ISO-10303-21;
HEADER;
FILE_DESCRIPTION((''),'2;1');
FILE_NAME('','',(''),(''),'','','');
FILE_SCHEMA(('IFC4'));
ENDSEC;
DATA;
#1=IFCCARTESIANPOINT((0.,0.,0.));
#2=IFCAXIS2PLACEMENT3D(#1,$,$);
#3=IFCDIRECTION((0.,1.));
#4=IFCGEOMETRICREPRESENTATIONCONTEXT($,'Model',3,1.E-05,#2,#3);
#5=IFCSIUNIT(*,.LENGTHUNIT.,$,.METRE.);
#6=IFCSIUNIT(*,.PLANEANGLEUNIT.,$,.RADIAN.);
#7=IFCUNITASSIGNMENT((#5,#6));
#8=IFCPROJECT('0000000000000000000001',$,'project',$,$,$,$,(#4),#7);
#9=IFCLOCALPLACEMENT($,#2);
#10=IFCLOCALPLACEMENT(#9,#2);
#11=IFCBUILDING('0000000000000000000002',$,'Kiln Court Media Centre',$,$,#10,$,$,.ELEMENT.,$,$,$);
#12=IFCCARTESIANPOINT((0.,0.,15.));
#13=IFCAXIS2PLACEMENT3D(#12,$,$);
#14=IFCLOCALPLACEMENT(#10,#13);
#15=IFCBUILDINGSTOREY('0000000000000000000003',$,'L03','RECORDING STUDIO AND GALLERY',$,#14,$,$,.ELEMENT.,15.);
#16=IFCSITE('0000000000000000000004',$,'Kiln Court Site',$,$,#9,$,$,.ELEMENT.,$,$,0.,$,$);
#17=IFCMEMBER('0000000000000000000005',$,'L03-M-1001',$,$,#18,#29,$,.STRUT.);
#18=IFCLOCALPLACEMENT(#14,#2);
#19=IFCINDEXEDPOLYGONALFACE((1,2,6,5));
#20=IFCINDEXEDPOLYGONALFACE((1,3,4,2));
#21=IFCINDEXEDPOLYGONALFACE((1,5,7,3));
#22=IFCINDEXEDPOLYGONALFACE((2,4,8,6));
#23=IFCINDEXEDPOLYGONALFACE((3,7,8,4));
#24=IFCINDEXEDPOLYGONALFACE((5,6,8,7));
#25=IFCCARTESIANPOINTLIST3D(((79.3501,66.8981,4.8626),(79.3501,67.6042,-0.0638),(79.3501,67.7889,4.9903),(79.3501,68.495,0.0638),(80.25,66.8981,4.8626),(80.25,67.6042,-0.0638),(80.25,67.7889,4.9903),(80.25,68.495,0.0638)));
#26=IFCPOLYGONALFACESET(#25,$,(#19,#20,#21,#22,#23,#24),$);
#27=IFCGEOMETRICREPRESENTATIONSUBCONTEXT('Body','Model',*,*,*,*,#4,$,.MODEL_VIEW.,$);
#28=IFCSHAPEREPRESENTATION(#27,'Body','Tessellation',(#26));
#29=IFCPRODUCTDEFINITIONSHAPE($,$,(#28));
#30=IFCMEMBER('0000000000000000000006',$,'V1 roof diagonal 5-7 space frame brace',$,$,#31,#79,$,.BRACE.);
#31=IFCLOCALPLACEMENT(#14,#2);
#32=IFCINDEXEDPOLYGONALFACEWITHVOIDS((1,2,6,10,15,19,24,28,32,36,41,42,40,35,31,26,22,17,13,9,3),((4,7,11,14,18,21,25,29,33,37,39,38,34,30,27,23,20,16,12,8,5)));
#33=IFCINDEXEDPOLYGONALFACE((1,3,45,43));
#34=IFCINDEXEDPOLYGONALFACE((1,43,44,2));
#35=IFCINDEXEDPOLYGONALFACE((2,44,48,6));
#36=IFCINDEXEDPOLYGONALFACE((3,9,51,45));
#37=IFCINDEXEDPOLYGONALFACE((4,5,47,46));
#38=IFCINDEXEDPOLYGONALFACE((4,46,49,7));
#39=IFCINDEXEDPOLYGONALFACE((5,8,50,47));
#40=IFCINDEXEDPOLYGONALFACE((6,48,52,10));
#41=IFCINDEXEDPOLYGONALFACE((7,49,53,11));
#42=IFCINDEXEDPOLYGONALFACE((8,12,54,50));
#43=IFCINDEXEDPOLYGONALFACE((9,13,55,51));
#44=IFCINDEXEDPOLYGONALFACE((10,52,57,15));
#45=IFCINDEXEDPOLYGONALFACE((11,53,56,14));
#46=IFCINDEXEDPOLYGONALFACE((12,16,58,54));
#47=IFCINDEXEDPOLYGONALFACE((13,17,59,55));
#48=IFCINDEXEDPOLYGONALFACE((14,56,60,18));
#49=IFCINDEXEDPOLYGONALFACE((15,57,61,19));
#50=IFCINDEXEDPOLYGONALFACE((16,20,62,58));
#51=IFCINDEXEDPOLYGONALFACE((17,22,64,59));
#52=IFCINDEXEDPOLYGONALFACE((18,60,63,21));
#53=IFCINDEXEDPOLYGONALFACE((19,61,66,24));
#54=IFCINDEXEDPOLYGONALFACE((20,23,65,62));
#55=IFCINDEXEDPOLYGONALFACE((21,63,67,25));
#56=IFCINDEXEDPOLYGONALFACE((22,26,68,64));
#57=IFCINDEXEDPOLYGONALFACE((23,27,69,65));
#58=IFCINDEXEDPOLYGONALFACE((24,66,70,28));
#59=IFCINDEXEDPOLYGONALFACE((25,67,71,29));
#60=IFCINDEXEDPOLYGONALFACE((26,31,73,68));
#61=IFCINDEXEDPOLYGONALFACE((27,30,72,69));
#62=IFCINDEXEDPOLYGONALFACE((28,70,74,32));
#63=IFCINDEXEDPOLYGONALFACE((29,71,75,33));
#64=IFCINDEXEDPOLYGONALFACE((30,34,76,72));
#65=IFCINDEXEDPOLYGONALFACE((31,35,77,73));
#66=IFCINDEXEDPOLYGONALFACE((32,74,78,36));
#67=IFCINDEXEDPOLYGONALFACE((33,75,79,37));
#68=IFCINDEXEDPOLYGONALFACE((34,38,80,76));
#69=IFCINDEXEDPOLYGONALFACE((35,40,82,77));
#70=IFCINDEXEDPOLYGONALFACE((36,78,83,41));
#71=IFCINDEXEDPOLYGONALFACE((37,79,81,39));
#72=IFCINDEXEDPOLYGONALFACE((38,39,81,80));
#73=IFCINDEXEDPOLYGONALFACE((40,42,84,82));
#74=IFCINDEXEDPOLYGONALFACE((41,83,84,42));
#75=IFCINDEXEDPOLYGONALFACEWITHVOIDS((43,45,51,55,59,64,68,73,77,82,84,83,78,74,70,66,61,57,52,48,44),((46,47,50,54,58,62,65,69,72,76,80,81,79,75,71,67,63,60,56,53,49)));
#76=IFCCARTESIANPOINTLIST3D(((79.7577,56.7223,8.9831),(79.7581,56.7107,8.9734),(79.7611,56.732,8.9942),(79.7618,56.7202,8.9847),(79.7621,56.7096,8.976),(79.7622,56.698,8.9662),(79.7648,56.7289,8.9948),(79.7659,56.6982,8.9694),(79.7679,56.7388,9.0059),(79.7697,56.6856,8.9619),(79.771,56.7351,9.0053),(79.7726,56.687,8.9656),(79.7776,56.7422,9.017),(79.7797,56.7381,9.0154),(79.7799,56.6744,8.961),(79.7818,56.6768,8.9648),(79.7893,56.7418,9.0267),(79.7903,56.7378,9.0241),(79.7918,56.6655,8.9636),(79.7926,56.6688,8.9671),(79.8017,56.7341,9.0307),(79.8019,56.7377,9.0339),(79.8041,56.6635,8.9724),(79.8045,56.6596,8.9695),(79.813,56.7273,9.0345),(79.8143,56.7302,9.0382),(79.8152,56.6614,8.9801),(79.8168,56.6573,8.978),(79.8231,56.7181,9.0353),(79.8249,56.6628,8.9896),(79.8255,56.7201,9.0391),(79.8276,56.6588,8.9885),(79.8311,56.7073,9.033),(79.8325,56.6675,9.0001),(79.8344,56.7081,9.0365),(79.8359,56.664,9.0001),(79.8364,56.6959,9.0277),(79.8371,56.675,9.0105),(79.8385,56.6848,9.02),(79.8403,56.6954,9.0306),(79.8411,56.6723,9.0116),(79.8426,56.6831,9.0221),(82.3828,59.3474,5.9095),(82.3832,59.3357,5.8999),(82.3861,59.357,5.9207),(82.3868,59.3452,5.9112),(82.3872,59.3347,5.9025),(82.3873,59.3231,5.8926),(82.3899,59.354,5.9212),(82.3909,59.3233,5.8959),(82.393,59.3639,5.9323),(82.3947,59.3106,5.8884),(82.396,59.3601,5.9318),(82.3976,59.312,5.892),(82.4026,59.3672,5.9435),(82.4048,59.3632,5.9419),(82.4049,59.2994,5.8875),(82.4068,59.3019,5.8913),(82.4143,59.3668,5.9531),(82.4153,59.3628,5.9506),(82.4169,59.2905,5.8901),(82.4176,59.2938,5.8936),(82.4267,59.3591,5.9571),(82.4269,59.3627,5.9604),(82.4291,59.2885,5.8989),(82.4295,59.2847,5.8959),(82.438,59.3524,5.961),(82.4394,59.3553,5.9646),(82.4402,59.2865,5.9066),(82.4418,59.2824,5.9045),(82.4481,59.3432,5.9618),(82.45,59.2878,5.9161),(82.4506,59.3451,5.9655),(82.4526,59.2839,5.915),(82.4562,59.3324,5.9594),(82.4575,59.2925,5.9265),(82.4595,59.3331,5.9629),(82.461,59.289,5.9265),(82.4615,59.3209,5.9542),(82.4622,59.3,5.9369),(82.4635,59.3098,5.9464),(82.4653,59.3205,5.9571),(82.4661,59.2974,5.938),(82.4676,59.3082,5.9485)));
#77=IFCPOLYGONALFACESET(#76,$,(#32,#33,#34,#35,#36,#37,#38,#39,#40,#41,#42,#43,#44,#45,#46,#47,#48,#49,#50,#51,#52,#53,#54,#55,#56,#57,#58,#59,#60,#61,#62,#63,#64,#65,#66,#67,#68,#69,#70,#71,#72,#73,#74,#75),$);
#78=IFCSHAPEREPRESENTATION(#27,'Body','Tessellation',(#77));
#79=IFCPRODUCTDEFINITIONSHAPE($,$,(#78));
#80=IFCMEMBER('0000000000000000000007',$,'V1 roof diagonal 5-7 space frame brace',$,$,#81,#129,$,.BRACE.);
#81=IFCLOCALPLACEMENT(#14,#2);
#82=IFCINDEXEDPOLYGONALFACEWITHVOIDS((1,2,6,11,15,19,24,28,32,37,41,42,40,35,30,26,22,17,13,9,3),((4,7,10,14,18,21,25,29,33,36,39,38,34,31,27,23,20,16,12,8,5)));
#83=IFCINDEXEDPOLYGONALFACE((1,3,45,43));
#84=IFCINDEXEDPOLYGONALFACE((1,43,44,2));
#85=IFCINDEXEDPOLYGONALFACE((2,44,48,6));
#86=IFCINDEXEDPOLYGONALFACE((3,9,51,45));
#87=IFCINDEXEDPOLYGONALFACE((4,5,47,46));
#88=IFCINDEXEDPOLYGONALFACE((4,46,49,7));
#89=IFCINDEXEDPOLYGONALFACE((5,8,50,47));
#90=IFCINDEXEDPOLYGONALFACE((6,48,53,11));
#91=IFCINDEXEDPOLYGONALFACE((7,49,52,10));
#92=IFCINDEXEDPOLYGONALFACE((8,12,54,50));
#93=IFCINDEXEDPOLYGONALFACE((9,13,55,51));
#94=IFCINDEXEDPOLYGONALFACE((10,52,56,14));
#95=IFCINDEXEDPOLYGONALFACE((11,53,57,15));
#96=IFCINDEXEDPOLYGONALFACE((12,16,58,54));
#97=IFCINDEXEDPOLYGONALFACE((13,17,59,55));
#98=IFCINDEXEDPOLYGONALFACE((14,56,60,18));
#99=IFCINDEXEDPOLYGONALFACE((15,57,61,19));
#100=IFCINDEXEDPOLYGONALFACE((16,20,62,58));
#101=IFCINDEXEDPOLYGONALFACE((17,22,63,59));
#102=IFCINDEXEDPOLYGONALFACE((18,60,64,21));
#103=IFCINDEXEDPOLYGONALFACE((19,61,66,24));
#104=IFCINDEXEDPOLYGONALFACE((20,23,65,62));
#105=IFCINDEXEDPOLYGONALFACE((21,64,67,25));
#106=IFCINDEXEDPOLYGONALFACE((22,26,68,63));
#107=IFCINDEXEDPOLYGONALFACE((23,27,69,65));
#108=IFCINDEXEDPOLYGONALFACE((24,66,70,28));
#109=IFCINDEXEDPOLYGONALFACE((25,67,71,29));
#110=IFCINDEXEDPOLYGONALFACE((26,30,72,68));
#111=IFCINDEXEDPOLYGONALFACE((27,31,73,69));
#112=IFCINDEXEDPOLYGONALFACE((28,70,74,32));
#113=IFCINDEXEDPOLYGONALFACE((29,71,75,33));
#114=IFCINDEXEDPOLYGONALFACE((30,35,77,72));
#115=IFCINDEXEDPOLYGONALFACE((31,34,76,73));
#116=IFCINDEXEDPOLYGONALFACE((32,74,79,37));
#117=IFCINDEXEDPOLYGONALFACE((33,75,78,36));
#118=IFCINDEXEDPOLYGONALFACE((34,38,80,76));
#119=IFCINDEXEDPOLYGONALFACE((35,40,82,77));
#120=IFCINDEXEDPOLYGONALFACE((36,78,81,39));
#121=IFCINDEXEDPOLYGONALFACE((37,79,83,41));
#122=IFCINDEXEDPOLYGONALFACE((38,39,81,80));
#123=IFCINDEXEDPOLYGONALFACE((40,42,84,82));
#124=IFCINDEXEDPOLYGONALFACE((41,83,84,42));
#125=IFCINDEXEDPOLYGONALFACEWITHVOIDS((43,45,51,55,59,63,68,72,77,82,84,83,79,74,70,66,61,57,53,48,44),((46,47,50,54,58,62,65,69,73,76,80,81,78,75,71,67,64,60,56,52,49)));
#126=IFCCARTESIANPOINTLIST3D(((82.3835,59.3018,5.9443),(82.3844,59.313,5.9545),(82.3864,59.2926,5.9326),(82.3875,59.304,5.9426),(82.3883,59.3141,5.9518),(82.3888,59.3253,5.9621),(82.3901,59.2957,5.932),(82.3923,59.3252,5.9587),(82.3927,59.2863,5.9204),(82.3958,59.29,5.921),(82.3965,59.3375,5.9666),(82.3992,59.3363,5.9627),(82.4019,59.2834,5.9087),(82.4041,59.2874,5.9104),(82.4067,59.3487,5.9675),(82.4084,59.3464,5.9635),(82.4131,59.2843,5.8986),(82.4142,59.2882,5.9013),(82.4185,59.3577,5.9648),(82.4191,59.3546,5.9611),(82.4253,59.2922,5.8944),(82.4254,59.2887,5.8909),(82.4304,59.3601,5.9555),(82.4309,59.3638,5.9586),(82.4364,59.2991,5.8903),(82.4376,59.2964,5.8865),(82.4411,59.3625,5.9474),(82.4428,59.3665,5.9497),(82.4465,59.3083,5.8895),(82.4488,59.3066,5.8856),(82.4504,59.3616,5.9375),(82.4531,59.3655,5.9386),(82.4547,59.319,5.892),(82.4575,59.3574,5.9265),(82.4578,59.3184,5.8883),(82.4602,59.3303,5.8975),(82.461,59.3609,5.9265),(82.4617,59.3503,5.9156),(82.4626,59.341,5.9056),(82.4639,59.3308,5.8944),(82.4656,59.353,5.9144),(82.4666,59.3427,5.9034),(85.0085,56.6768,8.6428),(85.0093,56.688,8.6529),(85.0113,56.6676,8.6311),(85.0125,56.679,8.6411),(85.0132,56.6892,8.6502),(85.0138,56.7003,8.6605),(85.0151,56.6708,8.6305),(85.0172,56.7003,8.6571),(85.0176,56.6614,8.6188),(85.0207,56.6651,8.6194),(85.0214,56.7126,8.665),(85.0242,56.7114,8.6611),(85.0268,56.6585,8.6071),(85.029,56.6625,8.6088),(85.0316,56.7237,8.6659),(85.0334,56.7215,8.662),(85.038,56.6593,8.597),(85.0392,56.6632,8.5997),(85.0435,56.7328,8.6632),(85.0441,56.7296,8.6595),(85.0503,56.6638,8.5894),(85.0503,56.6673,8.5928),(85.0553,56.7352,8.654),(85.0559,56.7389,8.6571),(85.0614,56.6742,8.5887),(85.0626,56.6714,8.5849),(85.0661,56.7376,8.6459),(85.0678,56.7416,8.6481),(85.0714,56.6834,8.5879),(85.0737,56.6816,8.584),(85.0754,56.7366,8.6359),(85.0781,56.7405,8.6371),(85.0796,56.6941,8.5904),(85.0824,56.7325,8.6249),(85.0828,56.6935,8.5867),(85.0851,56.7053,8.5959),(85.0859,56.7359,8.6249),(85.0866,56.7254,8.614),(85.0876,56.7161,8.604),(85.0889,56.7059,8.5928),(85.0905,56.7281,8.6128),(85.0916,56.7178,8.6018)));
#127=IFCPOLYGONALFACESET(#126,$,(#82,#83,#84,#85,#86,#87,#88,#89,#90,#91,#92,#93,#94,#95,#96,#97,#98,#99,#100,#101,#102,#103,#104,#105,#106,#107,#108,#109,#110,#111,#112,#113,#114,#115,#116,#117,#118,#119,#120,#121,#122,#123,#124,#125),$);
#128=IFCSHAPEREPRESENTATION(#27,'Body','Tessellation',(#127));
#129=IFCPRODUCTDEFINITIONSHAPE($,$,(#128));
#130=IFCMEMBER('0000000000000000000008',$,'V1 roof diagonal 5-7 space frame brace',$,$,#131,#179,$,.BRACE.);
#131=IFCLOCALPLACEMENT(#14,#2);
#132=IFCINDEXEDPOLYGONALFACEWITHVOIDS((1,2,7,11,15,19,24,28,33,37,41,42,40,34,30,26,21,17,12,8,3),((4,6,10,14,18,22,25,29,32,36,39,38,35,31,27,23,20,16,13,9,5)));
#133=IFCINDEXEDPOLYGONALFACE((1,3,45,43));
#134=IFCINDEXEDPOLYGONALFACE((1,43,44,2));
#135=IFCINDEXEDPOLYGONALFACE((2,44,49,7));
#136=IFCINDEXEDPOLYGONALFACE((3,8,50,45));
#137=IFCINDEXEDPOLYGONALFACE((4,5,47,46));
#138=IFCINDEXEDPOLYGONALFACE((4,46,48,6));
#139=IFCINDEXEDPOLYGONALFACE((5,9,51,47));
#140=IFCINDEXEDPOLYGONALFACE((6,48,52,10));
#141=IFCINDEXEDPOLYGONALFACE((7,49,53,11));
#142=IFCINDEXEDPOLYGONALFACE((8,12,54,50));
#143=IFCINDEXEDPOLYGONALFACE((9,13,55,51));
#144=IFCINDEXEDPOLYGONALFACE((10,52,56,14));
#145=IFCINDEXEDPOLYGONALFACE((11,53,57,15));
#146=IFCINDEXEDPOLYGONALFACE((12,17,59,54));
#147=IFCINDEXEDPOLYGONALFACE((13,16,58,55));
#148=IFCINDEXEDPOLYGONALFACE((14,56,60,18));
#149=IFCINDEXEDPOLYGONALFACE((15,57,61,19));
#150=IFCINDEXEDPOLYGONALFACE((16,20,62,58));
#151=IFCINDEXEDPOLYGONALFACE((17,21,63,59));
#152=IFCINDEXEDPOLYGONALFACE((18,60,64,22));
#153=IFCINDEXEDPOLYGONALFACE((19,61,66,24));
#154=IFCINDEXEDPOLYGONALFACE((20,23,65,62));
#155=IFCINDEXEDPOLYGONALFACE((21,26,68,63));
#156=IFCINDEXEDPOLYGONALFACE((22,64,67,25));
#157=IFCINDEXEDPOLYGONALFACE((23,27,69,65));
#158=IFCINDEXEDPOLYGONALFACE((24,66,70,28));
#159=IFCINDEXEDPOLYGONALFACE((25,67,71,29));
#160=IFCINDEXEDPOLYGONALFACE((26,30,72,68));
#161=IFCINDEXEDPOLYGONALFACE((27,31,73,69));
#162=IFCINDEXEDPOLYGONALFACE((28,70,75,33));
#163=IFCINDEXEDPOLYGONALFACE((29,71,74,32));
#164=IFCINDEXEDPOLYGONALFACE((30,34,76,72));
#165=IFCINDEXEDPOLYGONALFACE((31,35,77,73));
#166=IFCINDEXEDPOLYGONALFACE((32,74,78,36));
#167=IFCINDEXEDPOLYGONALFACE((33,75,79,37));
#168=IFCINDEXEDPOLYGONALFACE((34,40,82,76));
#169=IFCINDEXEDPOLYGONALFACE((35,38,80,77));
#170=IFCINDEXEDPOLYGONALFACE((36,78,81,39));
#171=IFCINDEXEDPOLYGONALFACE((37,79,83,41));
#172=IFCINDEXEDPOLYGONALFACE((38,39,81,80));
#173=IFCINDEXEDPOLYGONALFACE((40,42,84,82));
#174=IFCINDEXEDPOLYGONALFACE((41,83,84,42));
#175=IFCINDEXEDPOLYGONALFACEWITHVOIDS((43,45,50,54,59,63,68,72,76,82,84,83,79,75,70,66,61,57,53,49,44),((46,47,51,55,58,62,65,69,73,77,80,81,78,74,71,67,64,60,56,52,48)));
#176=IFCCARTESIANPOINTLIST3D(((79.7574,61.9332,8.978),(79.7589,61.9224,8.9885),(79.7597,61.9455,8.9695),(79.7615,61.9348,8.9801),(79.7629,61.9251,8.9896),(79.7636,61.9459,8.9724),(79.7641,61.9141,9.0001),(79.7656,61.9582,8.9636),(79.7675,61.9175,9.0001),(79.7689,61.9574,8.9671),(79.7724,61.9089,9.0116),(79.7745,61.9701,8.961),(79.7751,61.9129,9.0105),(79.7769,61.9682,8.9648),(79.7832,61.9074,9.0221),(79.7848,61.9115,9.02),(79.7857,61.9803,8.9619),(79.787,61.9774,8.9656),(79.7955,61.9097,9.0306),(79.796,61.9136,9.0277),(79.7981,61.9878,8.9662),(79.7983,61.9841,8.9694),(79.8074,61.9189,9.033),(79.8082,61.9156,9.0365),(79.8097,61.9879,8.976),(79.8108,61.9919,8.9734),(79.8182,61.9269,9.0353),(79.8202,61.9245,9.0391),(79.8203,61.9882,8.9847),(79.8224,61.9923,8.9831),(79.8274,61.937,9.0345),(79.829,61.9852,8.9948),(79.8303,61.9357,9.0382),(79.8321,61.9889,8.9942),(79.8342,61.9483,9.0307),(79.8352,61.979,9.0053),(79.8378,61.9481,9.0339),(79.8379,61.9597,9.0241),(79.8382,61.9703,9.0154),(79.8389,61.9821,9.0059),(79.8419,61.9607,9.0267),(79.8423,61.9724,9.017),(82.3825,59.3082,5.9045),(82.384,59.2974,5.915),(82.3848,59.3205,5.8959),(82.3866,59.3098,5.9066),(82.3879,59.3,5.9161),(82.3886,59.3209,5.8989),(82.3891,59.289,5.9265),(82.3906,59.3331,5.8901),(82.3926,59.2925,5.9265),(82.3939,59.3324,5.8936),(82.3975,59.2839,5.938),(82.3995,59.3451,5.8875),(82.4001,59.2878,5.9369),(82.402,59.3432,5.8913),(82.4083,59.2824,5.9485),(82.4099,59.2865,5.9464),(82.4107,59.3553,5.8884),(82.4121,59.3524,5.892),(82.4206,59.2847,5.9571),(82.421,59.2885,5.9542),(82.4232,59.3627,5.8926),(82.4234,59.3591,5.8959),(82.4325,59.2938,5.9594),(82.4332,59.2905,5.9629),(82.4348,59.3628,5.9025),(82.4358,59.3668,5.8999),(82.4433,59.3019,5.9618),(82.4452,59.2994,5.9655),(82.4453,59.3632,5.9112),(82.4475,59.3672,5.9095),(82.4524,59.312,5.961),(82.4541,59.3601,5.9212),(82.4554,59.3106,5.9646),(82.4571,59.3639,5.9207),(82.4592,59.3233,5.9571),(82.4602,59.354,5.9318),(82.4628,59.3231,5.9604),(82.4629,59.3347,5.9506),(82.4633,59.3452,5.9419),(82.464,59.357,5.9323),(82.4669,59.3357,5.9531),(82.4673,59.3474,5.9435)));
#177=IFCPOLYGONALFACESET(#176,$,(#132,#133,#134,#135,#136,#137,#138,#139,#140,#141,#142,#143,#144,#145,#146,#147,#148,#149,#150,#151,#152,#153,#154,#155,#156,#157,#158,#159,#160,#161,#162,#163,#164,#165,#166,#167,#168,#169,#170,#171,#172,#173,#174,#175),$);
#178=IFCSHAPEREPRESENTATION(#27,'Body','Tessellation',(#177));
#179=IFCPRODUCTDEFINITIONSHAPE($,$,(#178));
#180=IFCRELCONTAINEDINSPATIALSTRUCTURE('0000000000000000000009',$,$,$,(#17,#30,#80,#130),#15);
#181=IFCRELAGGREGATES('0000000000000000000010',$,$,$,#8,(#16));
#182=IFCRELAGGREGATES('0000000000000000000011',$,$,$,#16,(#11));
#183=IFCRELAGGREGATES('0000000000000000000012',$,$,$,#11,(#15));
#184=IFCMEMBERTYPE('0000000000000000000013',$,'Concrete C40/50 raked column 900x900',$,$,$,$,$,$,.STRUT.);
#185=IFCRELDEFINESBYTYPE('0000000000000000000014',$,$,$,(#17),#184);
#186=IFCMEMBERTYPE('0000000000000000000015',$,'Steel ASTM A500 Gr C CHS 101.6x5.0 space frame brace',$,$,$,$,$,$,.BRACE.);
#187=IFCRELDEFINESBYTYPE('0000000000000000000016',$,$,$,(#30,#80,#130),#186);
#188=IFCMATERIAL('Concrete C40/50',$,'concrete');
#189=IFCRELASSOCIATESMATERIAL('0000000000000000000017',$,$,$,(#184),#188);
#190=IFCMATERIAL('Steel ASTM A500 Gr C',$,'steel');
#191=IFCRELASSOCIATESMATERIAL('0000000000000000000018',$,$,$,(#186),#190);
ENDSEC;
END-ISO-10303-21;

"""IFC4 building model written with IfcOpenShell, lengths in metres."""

from ifc_helpers import new_model, si_unit, direction, frame, origin, origin_2d, place, context, subcontext, project, spatial, rectangle, hollow_circle, extrude, material, material_profile, profile_set, type_object, element, save


model = new_model("IFC4")

# Units and contexts
model_context = context("Model", 3, precision=1e-05, world=origin(), true_north=direction((0.0, 1.0)))
body_context = subcontext(model_context, "Body", "Model", "MODEL_VIEW")
ifc_project = project(units=[si_unit("LENGTHUNIT", "METRE"), si_unit("PLANEANGLEUNIT", "RADIAN")], contexts=[model_context])

# Site, building, storey
site_placement = place(None, origin())
site = spatial("IfcSite", under=ifc_project, at=site_placement, Name="Kiln Court Site", CompositionType="ELEMENT", RefElevation=0.0)
building_placement = place(site_placement, origin())
building = spatial("IfcBuilding", under=site, at=building_placement, Name="Kiln Court Media Centre", CompositionType="ELEMENT")
storey_placement = place(building_placement, frame((0.0, 0.0, 15.0)))
storey = spatial("IfcBuildingStorey", under=building, at=storey_placement, Name="L03", Description="RECORDING STUDIO AND GALLERY", CompositionType="ELEMENT", Elevation=15.0)

# Members
ifc_material_1 = material(Name="Concrete C40/50", Category="concrete")
ifc_material_profile_1 = material_profile(ifc_material_1, rectangle(XDim=0.8999, YDim=0.8999, at=origin_2d()), Name="RC 900x900")
ifc_profile_set_1 = profile_set([ifc_material_profile_1], Name="Concrete C40/50")
member_type_1 = type_object("IfcMemberType", Name="Concrete C40/50 raked column 900x900", PredefinedType="STRUT", material=ifc_profile_set_1)
member_1_placement = place(storey_placement, frame((79.8, 68.0496, 0.0), z_axis=(0.0, -0.141868, 0.989886), x_axis=(1.0, 0.0, 0.0)))
element("IfcMember", 1, at=member_1_placement, inside=storey, type_object=member_type_1, Name="L03-M-1001", PredefinedType="STRUT", context=body_context, shape_type="SweptSolid", body=[
    extrude(rectangle(XDim=0.8999, YDim=0.8999, at=origin_2d()), origin(), (0.0, 0.0, 1.0), 4.9768),
])
ifc_material_2 = material(Name="Steel ASTM A500 Gr C", Category="steel")
ifc_material_profile_2 = material_profile(ifc_material_2, hollow_circle(Radius=0.0508, WallThickness=0.0049, at=origin_2d()), Name="CHS 101.6x5.0")
ifc_profile_set_2 = profile_set([ifc_material_profile_2], Name="Steel ASTM A500 Gr C")
member_type_2 = type_object("IfcMemberType", Name="Steel ASTM A500 Gr C CHS 101.6x5.0 space frame brace", PredefinedType="BRACE", material=ifc_profile_set_2)
member_2_placement = place(storey_placement, frame((82.425, 59.325, 5.9265), z_axis=(-0.544662, -0.544662, 0.637719), x_axis=(0.707107, -0.707107, 0.0)))
element("IfcMember", 2, at=member_2_placement, inside=storey, type_object=member_type_2, Name="V1 roof diagonal 5-7 space frame brace", PredefinedType="BRACE", context=body_context, shape_type="SweptSolid", body=[
    extrude(hollow_circle(Radius=0.0508, WallThickness=0.0049, at=origin_2d()), origin(), (0.0, 0.0, 1.0), 4.8196),
])
member_3_placement = place(storey_placement, frame((82.425, 59.325, 5.9265), z_axis=(0.571964, -0.571964, 0.587976), x_axis=(0.707107, 0.707107, 0.0)))
element("IfcMember", 3, at=member_3_placement, inside=storey, type_object=member_type_2, Name="V1 roof diagonal 5-7 space frame brace", PredefinedType="BRACE", context=body_context, shape_type="SweptSolid", body=[
    extrude(hollow_circle(Radius=0.0508, WallThickness=0.0049, at=origin_2d()), origin(), (0.0, 0.0, 1.0), 4.5894),
])
member_4_placement = place(storey_placement, frame((82.425, 59.325, 5.9265), z_axis=(-0.544662, 0.544662, 0.637719), x_axis=(-0.707107, -0.707107, 0.0)))
element("IfcMember", 4, at=member_4_placement, inside=storey, type_object=member_type_2, Name="V1 roof diagonal 5-7 space frame brace", PredefinedType="BRACE", context=body_context, shape_type="SweptSolid", body=[
    extrude(hollow_circle(Radius=0.0508, WallThickness=0.0049, at=origin_2d()), origin(), (0.0, 0.0, 1.0), 4.8196),
])

save(model, "model.ifc")
